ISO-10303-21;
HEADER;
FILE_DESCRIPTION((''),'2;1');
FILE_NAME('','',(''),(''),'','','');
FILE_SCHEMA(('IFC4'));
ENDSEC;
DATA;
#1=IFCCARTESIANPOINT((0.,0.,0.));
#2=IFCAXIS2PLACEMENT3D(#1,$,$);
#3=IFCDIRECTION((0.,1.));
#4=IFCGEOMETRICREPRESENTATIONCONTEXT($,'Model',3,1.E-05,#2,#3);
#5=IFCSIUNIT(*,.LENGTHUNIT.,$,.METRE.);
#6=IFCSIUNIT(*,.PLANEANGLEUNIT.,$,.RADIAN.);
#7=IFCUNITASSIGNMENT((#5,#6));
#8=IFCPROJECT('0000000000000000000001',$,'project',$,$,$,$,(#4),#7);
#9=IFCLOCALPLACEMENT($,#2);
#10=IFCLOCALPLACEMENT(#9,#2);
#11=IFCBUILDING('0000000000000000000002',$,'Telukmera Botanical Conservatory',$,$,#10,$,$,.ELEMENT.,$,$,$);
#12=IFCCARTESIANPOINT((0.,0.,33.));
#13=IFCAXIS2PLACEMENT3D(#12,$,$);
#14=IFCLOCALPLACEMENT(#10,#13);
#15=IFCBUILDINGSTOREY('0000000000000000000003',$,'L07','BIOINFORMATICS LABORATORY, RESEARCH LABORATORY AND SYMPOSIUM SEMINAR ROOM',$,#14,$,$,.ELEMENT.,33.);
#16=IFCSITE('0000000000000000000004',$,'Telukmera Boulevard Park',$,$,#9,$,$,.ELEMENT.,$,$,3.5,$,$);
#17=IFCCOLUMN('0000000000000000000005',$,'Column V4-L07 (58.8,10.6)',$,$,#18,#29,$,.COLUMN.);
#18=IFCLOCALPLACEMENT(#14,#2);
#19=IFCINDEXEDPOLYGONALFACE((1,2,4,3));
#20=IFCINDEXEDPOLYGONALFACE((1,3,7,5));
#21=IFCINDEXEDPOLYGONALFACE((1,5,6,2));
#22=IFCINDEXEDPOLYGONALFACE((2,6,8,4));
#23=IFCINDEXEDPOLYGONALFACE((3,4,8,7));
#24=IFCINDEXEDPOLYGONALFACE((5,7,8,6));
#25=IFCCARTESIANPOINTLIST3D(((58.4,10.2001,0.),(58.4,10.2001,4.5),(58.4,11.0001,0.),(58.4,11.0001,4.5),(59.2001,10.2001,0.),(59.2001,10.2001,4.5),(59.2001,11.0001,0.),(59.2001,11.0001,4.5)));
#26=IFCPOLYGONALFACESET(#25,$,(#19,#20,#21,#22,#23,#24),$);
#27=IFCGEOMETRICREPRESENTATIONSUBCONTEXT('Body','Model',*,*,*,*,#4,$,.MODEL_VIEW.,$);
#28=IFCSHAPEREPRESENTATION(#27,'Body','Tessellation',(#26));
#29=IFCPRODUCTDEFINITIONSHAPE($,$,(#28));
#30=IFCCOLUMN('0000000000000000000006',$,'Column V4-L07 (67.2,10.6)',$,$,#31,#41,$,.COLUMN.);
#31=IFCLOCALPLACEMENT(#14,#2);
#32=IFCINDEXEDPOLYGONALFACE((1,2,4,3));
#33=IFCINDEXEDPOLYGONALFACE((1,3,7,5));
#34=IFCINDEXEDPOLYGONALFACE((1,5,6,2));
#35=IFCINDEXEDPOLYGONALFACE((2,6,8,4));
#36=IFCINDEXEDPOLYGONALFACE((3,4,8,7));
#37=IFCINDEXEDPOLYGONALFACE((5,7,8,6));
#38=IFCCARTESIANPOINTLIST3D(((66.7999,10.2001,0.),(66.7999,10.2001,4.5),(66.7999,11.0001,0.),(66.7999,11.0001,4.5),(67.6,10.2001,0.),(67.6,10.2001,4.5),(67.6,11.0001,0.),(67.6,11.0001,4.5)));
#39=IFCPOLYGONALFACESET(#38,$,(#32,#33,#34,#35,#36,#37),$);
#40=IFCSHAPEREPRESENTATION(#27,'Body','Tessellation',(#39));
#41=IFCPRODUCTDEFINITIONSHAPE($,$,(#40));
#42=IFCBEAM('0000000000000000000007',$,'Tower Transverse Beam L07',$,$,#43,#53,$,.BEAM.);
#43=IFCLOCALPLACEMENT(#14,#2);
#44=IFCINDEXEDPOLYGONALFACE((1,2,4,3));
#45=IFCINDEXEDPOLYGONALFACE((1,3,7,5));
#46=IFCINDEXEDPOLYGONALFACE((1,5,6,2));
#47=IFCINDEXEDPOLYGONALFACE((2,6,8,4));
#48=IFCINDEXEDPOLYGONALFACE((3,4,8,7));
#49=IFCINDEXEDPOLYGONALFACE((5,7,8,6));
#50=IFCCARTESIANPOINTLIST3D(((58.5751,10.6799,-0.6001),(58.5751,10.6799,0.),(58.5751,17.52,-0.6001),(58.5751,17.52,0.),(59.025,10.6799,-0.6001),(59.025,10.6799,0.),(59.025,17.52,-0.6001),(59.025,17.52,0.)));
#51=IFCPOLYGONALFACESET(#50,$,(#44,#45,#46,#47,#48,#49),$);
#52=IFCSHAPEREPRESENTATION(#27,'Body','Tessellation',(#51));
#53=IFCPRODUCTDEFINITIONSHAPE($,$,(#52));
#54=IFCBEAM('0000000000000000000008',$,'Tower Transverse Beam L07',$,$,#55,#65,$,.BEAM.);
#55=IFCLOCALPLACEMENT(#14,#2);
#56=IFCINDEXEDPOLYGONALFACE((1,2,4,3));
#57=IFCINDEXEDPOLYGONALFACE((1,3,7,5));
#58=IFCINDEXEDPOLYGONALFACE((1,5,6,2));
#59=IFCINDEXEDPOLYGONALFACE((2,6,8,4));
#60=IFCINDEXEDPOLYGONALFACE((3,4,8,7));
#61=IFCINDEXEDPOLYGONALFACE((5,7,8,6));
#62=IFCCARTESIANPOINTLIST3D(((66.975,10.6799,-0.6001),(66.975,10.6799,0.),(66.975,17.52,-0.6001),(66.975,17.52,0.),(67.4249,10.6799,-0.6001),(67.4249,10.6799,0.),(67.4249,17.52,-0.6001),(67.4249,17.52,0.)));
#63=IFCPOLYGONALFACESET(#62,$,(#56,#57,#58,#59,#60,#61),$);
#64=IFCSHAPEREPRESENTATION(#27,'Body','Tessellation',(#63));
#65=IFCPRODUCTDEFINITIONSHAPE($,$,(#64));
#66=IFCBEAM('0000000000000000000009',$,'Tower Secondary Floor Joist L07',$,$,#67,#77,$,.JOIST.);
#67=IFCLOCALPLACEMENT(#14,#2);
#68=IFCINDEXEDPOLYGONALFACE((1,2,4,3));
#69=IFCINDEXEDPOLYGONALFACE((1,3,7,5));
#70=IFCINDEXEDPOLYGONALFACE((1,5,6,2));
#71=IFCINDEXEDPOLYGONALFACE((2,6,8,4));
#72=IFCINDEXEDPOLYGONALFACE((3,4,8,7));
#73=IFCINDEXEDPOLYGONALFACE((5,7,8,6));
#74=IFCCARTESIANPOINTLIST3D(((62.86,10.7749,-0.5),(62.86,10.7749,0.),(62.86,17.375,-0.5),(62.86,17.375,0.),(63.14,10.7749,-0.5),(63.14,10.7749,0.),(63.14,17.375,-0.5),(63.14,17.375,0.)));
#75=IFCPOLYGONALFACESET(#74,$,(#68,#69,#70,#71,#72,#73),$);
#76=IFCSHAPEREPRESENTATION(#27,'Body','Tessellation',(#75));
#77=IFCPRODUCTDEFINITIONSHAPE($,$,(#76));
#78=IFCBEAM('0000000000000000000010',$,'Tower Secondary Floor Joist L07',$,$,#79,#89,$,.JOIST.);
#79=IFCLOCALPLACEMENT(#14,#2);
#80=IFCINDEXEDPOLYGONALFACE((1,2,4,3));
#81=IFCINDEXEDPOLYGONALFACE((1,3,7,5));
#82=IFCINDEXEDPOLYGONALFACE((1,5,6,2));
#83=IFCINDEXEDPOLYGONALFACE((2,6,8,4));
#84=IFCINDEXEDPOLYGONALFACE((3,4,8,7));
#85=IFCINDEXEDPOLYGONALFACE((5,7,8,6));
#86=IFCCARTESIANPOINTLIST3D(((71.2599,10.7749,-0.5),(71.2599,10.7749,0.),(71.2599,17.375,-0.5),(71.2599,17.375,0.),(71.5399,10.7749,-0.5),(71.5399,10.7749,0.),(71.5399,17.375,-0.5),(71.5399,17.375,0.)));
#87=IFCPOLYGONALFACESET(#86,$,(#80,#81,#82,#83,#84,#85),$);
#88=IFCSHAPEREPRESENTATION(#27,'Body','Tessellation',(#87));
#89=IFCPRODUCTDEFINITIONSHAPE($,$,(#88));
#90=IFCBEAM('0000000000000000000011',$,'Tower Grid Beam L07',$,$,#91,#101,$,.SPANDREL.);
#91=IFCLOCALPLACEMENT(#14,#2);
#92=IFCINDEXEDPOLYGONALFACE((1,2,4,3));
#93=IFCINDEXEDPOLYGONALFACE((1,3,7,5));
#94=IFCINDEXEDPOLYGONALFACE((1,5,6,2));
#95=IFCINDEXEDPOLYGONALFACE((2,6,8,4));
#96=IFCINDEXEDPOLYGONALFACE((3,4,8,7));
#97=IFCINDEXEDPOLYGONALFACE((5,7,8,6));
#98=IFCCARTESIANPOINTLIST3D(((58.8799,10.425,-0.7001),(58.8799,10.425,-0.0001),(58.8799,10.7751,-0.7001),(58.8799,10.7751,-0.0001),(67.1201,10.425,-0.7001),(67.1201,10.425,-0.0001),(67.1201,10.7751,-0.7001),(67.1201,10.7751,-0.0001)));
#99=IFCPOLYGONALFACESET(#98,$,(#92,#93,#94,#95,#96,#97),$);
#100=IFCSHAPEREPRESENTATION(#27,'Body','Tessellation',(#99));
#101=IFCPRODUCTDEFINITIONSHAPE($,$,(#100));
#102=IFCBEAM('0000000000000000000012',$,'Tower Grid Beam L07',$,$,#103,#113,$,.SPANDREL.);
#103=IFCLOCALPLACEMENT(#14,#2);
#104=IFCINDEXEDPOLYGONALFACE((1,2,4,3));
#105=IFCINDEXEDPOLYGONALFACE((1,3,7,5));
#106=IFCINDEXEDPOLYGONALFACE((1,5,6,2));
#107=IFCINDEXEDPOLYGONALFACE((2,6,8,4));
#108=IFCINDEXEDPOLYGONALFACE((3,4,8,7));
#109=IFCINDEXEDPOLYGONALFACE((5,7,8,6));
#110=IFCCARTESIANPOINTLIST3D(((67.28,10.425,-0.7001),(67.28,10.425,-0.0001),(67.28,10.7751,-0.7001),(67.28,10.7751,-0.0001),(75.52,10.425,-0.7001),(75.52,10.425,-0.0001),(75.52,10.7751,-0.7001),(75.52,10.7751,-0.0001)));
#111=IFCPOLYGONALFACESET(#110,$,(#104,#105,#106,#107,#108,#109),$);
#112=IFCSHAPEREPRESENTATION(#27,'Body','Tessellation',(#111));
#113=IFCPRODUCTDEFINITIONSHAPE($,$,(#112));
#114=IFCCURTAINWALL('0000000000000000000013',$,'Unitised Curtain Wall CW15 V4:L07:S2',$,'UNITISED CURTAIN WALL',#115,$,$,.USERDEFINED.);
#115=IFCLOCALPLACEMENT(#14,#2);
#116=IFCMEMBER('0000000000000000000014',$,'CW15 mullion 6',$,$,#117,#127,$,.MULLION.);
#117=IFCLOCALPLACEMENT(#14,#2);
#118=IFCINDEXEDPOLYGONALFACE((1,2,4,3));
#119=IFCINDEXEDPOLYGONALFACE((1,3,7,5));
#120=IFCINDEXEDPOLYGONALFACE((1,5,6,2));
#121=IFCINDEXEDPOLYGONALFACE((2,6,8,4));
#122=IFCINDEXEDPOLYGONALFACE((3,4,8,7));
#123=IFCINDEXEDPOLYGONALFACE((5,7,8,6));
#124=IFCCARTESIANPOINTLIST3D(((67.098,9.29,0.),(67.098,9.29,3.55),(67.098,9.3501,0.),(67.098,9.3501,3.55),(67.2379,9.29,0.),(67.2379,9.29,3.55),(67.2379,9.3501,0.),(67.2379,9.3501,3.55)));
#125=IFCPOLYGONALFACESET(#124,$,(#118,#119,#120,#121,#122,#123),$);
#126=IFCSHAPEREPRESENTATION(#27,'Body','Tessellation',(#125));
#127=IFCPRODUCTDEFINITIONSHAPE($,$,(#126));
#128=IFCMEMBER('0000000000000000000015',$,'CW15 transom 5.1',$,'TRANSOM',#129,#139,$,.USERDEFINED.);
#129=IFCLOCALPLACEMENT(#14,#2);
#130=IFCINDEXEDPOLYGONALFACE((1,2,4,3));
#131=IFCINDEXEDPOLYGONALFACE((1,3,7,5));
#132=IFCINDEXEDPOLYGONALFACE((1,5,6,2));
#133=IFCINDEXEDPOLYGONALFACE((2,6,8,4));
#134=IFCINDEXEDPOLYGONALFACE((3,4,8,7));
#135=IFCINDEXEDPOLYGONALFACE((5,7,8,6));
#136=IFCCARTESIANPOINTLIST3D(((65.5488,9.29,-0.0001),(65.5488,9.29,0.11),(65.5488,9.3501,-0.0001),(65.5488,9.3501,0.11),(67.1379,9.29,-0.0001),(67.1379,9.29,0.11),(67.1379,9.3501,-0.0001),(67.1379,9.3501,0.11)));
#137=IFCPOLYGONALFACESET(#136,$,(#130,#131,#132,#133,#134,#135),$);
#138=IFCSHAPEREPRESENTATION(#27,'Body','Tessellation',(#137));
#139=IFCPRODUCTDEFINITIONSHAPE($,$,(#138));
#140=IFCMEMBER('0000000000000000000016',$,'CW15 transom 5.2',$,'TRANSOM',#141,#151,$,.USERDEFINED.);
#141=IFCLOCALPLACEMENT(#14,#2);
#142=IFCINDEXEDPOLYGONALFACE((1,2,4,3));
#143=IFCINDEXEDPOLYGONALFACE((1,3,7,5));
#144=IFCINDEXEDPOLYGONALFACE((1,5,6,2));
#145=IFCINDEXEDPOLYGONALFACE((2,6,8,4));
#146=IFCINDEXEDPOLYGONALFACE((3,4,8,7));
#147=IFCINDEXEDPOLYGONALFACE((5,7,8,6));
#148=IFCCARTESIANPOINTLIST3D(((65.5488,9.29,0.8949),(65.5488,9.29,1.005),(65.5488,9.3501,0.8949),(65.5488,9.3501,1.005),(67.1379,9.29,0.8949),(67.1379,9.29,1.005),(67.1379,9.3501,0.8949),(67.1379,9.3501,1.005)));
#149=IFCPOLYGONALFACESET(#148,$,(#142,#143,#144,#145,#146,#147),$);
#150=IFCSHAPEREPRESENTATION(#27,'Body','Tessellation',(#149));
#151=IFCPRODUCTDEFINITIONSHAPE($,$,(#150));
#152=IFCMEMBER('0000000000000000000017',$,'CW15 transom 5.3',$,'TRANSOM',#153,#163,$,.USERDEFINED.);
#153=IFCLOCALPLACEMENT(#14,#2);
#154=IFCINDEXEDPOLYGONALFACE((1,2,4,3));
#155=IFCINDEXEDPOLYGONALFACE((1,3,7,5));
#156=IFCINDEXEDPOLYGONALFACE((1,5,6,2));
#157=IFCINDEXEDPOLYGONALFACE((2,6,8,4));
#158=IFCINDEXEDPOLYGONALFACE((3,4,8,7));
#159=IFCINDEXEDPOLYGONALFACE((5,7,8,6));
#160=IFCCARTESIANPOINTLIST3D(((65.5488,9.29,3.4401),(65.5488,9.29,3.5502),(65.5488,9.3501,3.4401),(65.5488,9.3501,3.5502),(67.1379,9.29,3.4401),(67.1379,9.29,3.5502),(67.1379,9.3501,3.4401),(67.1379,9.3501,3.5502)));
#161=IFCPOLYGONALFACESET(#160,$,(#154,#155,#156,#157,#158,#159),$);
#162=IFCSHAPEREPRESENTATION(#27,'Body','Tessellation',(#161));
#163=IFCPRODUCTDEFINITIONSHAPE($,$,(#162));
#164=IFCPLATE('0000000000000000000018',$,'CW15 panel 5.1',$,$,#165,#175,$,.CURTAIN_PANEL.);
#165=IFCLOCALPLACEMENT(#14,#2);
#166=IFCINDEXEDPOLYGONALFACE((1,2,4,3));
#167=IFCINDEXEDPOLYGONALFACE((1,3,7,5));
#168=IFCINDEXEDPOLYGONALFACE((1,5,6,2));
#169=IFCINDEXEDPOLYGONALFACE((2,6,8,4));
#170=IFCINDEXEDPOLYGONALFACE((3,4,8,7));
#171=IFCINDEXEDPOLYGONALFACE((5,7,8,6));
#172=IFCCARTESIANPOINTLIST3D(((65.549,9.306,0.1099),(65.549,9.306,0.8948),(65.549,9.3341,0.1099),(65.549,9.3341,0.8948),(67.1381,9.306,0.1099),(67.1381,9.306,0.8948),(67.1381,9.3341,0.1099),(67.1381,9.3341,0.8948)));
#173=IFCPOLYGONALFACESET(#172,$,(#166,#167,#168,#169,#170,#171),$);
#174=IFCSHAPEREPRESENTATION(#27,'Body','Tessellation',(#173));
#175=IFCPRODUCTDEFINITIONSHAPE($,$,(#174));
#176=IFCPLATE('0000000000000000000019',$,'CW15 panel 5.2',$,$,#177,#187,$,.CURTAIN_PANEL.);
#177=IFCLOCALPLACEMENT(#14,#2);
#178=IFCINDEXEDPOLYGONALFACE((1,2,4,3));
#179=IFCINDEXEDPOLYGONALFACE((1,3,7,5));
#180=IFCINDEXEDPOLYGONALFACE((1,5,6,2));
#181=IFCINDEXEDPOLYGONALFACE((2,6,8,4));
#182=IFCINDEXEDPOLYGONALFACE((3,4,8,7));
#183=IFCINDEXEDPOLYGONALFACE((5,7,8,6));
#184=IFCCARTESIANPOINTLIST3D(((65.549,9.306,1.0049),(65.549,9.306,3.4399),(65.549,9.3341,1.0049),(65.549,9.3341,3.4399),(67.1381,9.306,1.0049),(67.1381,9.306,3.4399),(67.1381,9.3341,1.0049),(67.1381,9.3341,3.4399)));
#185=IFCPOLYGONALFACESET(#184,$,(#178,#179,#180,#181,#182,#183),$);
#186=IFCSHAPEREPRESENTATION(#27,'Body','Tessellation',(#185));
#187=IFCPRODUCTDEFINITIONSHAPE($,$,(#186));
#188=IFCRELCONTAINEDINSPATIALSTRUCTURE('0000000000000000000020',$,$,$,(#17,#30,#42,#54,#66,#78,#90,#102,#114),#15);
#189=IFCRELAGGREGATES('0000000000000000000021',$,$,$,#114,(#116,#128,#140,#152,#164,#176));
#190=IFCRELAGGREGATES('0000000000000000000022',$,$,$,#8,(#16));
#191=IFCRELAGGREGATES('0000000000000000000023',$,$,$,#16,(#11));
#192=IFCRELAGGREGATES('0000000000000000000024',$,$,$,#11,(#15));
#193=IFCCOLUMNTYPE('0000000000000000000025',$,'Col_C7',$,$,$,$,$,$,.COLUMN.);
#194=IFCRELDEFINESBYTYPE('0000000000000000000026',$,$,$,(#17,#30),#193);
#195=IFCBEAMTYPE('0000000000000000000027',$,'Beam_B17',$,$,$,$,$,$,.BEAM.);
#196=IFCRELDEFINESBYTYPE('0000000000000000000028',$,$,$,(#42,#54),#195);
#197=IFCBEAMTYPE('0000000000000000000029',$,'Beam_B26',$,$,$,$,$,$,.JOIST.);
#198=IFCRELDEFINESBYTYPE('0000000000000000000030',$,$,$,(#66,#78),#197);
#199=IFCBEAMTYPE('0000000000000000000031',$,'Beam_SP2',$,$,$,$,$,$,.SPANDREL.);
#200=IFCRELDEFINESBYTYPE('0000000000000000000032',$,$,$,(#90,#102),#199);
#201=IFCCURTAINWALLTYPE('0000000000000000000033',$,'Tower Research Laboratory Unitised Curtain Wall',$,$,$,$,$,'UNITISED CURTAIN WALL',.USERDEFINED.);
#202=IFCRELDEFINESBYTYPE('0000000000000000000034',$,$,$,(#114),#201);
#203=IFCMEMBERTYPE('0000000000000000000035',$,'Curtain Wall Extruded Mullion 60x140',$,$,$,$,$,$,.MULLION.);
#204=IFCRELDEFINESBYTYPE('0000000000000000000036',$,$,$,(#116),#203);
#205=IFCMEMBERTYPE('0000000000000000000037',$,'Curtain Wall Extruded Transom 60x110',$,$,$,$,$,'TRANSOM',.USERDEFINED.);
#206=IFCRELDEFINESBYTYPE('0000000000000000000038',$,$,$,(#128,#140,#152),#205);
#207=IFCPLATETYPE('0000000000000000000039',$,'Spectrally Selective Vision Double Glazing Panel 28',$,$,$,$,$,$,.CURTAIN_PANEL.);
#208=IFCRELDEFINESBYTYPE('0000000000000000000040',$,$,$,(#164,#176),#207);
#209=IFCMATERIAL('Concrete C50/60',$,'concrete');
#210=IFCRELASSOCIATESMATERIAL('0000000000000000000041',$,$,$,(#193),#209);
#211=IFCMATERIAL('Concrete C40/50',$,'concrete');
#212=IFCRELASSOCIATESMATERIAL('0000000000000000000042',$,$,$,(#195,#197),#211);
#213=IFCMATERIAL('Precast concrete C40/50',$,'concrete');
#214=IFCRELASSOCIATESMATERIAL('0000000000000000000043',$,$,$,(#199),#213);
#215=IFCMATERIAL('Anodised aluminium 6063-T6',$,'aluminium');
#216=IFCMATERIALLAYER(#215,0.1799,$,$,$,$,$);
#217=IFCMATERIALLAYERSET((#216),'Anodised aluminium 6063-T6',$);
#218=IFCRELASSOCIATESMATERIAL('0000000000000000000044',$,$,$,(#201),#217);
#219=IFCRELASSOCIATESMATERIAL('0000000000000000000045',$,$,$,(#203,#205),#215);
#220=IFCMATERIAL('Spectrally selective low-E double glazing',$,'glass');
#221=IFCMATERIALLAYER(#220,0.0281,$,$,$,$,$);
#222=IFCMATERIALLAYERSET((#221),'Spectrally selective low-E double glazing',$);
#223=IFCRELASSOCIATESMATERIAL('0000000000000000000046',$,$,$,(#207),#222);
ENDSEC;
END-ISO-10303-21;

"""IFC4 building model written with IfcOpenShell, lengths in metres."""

from ifc_helpers import new_model, si_unit, direction, frame, origin, origin_2d, place, context, subcontext, project, spatial, rectangle, extrude, material, layer, layer_set, material_profile, profile_set, type_object, element, aggregate, save


model = new_model("IFC4")

# Units and contexts
model_context = context("Model", 3, precision=1e-05, world=origin(), true_north=direction((0.0, 1.0)))
body_context = subcontext(model_context, "Body", "Model", "MODEL_VIEW")
ifc_project = project(units=[si_unit("LENGTHUNIT", "METRE"), si_unit("PLANEANGLEUNIT", "RADIAN")], contexts=[model_context])

# Site, building, storey
site_placement = place(None, origin())
site = spatial("IfcSite", under=ifc_project, at=site_placement, Name="Telukmera Boulevard Park", CompositionType="ELEMENT", RefElevation=3.5)
building_placement = place(site_placement, origin())
building = spatial("IfcBuilding", under=site, at=building_placement, Name="Telukmera Botanical Conservatory", CompositionType="ELEMENT")
storey_placement = place(building_placement, frame((0.0, 0.0, 33.0)))
storey = spatial("IfcBuildingStorey", under=building, at=storey_placement, Name="L07", Description="BIOINFORMATICS LABORATORY, RESEARCH LABORATORY AND SYMPOSIUM SEMINAR ROOM", CompositionType="ELEMENT", Elevation=33.0)

# Columns
ifc_material_1 = material(Name="Concrete C50/60", Category="concrete")
ifc_material_profile_1 = material_profile(ifc_material_1, rectangle(XDim=0.8, YDim=0.8, at=origin_2d()), Name="RC 800x800")
ifc_profile_set_1 = profile_set([ifc_material_profile_1], Name="Concrete C50/60")
column_type = type_object("IfcColumnType", Name="Col_C7", PredefinedType="COLUMN", material=ifc_profile_set_1)
for number, where, z_axis, x_axis, name in (
    (1, (58.8, 10.6001, 0.0), (0.0, 0.0, 1.0), (1.0, 0.0, 0.0), "Column V4-L07 (58.8,10.6)"),
    (2, (67.2, 10.6001, 0.0), (0.0, 0.0, 1.0), (1.0, 0.0, 0.0), "Column V4-L07 (67.2,10.6)"),
):
    element("IfcColumn", number, at=place(storey_placement, frame(where, z_axis=z_axis, x_axis=x_axis)), inside=storey, type_object=column_type, Name=name, PredefinedType="COLUMN", context=body_context, shape_type="SweptSolid", body=[
        extrude(rectangle(XDim=0.8, YDim=0.8, at=origin_2d()), origin(), (0.0, 0.0, 1.0), 4.5),
    ])

# Beams
ifc_material_2 = material(Name="Concrete C40/50", Category="concrete")
ifc_material_profile_2 = material_profile(ifc_material_2, rectangle(XDim=0.45, YDim=0.6001, at=origin_2d()), Name="RC 450x600")
ifc_profile_set_2 = profile_set([ifc_material_profile_2], Name="Concrete C40/50")
beam_type_1 = type_object("IfcBeamType", Name="Beam_B17", PredefinedType="BEAM", material=ifc_profile_set_2)
for number, where, z_axis, x_axis, name in (
    (3, (58.8, 10.6799, -0.3), (0.0, 1.0, 0.0), (-1.0, 0.0, 0.0), "Tower Transverse Beam L07"),
    (4, (67.2, 10.6799, -0.3), (0.0, 1.0, 0.0), (-1.0, 0.0, 0.0), "Tower Transverse Beam L07"),
):
    element("IfcBeam", number, at=place(storey_placement, frame(where, z_axis=z_axis, x_axis=x_axis)), inside=storey, type_object=beam_type_1, Name=name, PredefinedType="BEAM", context=body_context, shape_type="SweptSolid", body=[
        extrude(rectangle(XDim=0.45, YDim=0.6001, at=origin_2d()), origin(), (0.0, 0.0, 1.0), 6.8401),
    ])
ifc_material_profile_3 = material_profile(ifc_material_2, rectangle(XDim=0.28, YDim=0.5, at=origin_2d()), Name="RC 280x500")
ifc_profile_set_3 = profile_set([ifc_material_profile_3], Name="Concrete C40/50")
beam_type_2 = type_object("IfcBeamType", Name="Beam_B26", PredefinedType="JOIST", material=ifc_profile_set_3)
for number, where, z_axis, x_axis, name in (
    (5, (63.0, 10.7749, -0.25), (0.0, 1.0, 0.0), (-1.0, 0.0, 0.0), "Tower Secondary Floor Joist L07"),
    (6, (71.3999, 10.7749, -0.25), (0.0, 1.0, 0.0), (-1.0, 0.0, 0.0), "Tower Secondary Floor Joist L07"),
):
    element("IfcBeam", number, at=place(storey_placement, frame(where, z_axis=z_axis, x_axis=x_axis)), inside=storey, type_object=beam_type_2, Name=name, PredefinedType="JOIST", context=body_context, shape_type="SweptSolid", body=[
        extrude(rectangle(XDim=0.28, YDim=0.5, at=origin_2d()), origin(), (0.0, 0.0, 1.0), 6.6001),
    ])
ifc_material_3 = material(Name="Precast concrete C40/50", Category="concrete")
ifc_material_profile_4 = material_profile(ifc_material_3, rectangle(XDim=0.3501, YDim=0.7, at=origin_2d()), Name="PC 350x700")
ifc_profile_set_4 = profile_set([ifc_material_profile_4], Name="Precast concrete C40/50")
beam_type_3 = type_object("IfcBeamType", Name="Beam_SP2", PredefinedType="SPANDREL", material=ifc_profile_set_4)
beam_1_placement = place(storey_placement, frame((58.8799, 10.6001, -0.3501), z_axis=(1.0, 0.0, 0.0), x_axis=(0.0, 1.0, 0.0)))
element("IfcBeam", 7, at=beam_1_placement, inside=storey, type_object=beam_type_3, Name="Tower Grid Beam L07", PredefinedType="SPANDREL", context=body_context, shape_type="SweptSolid", body=[
    extrude(rectangle(XDim=0.3501, YDim=0.7, at=origin_2d()), origin(), (0.0, 0.0, 1.0), 8.2402),
])
beam_2_placement = place(storey_placement, frame((67.28, 10.6001, -0.3501), z_axis=(1.0, 0.0, 0.0), x_axis=(0.0, 1.0, 0.0)))
element("IfcBeam", 8, at=beam_2_placement, inside=storey, type_object=beam_type_3, Name="Tower Grid Beam L07", PredefinedType="SPANDREL", context=body_context, shape_type="SweptSolid", body=[
    extrude(rectangle(XDim=0.3501, YDim=0.7, at=origin_2d()), origin(), (0.0, 0.0, 1.0), 8.24),
])

# Curtain wall, members, plates
ifc_material_4 = material(Name="Anodised aluminium 6063-T6", Category="aluminium")
ifc_layer_1 = layer(ifc_material_4, 0.1799)
ifc_layer_set_1 = layer_set([ifc_layer_1], Name="Anodised aluminium 6063-T6")
curtain_wall_type = type_object("IfcCurtainWallType", Name="Tower Research Laboratory Unitised Curtain Wall", ElementType="UNITISED CURTAIN WALL", PredefinedType="USERDEFINED", material=ifc_layer_set_1)
curtain_wall_placement = place(storey_placement, origin())
curtain_wall = element("IfcCurtainWall", 9, at=curtain_wall_placement, inside=storey, type_object=curtain_wall_type, Name="Unitised Curtain Wall CW15 V4:L07:S2", ObjectType="UNITISED CURTAIN WALL", PredefinedType="USERDEFINED")
ifc_material_profile_5 = material_profile(ifc_material_4, rectangle(XDim=0.0601, YDim=0.1399, at=origin_2d()), Name="ALU MULL 60x140")
ifc_profile_set_5 = profile_set([ifc_material_profile_5], Name="Anodised aluminium 6063-T6")
member_type_1 = type_object("IfcMemberType", Name="Curtain Wall Extruded Mullion 60x140", PredefinedType="MULLION", material=ifc_profile_set_5)
member_1_placement = place(storey_placement, frame((67.168, 9.3201, 0.0), z_axis=(0.0, 0.0, 1.0), x_axis=(0.0, 1.0, 0.0)))
member_1 = element("IfcMember", 10, at=member_1_placement, type_object=member_type_1, Name="CW15 mullion 6", PredefinedType="MULLION", context=body_context, shape_type="SweptSolid", body=[
    extrude(rectangle(XDim=0.0601, YDim=0.1399, at=origin_2d()), origin(), (0.0, 0.0, 1.0), 3.55),
])
ifc_material_profile_6 = material_profile(ifc_material_4, rectangle(XDim=0.0601, YDim=0.1101, at=origin_2d()), Name="ALU TRAN 60x110")
ifc_profile_set_6 = profile_set([ifc_material_profile_6], Name="Anodised aluminium 6063-T6")
member_type_2 = type_object("IfcMemberType", Name="Curtain Wall Extruded Transom 60x110", ElementType="TRANSOM", PredefinedType="USERDEFINED", material=ifc_profile_set_6)
member_2_placement = place(storey_placement, frame((65.5488, 9.3201, 0.0549), z_axis=(1.0, 0.0, 0.0), x_axis=(0.0, 1.0, 0.0)))
member_2 = element("IfcMember", 11, at=member_2_placement, type_object=member_type_2, Name="CW15 transom 5.1", ObjectType="TRANSOM", PredefinedType="USERDEFINED", context=body_context, shape_type="SweptSolid", body=[
    extrude(rectangle(XDim=0.0601, YDim=0.1101, at=origin_2d()), origin(), (0.0, 0.0, 1.0), 1.5891),
])
member_3_placement = place(storey_placement, frame((65.5488, 9.3201, 0.95), z_axis=(1.0, 0.0, 0.0), x_axis=(0.0, 1.0, 0.0)))
member_3 = element("IfcMember", 12, at=member_3_placement, type_object=member_type_2, Name="CW15 transom 5.2", ObjectType="TRANSOM", PredefinedType="USERDEFINED", context=body_context, shape_type="SweptSolid", body=[
    extrude(rectangle(XDim=0.0601, YDim=0.1101, at=origin_2d()), origin(), (0.0, 0.0, 1.0), 1.5891),
])
member_4_placement = place(storey_placement, frame((65.5488, 9.3201, 3.4951), z_axis=(1.0, 0.0, 0.0), x_axis=(0.0, 1.0, 0.0)))
member_4 = element("IfcMember", 13, at=member_4_placement, type_object=member_type_2, Name="CW15 transom 5.3", ObjectType="TRANSOM", PredefinedType="USERDEFINED", context=body_context, shape_type="SweptSolid", body=[
    extrude(rectangle(XDim=0.0601, YDim=0.1101, at=origin_2d()), origin(), (0.0, 0.0, 1.0), 1.5891),
])
ifc_material_5 = material(Name="Spectrally selective low-E double glazing", Category="glass")
ifc_layer_2 = layer(ifc_material_5, 0.0281)
ifc_layer_set_2 = layer_set([ifc_layer_2], Name="Spectrally selective low-E double glazing")
plate_type = type_object("IfcPlateType", Name="Spectrally Selective Vision Double Glazing Panel 28", PredefinedType="CURTAIN_PANEL", material=ifc_layer_set_2)
plate_1_placement = place(storey_placement, frame((66.3435, 9.3201, 0.1099), z_axis=(0.0, 0.0, 1.0), x_axis=(1.0, 0.0, 0.0)))
plate_1 = element("IfcPlate", 14, at=plate_1_placement, type_object=plate_type, Name="CW15 panel 5.1", PredefinedType="CURTAIN_PANEL", context=body_context, shape_type="SweptSolid", body=[
    extrude(rectangle(XDim=1.5891, YDim=0.0281, at=origin_2d()), origin(), (0.0, 0.0, 1.0), 0.7849),
])
plate_2_placement = place(storey_placement, frame((66.3435, 9.3201, 1.0049), z_axis=(0.0, 0.0, 1.0), x_axis=(1.0, 0.0, 0.0)))
plate_2 = element("IfcPlate", 15, at=plate_2_placement, type_object=plate_type, Name="CW15 panel 5.2", PredefinedType="CURTAIN_PANEL", context=body_context, shape_type="SweptSolid", body=[
    extrude(rectangle(XDim=1.5891, YDim=0.0281, at=origin_2d()), origin(), (0.0, 0.0, 1.0), 2.4351),
])
aggregate(curtain_wall, [member_1, member_2, member_3, member_4, plate_1, plate_2])

save(model, "model.ifc")
